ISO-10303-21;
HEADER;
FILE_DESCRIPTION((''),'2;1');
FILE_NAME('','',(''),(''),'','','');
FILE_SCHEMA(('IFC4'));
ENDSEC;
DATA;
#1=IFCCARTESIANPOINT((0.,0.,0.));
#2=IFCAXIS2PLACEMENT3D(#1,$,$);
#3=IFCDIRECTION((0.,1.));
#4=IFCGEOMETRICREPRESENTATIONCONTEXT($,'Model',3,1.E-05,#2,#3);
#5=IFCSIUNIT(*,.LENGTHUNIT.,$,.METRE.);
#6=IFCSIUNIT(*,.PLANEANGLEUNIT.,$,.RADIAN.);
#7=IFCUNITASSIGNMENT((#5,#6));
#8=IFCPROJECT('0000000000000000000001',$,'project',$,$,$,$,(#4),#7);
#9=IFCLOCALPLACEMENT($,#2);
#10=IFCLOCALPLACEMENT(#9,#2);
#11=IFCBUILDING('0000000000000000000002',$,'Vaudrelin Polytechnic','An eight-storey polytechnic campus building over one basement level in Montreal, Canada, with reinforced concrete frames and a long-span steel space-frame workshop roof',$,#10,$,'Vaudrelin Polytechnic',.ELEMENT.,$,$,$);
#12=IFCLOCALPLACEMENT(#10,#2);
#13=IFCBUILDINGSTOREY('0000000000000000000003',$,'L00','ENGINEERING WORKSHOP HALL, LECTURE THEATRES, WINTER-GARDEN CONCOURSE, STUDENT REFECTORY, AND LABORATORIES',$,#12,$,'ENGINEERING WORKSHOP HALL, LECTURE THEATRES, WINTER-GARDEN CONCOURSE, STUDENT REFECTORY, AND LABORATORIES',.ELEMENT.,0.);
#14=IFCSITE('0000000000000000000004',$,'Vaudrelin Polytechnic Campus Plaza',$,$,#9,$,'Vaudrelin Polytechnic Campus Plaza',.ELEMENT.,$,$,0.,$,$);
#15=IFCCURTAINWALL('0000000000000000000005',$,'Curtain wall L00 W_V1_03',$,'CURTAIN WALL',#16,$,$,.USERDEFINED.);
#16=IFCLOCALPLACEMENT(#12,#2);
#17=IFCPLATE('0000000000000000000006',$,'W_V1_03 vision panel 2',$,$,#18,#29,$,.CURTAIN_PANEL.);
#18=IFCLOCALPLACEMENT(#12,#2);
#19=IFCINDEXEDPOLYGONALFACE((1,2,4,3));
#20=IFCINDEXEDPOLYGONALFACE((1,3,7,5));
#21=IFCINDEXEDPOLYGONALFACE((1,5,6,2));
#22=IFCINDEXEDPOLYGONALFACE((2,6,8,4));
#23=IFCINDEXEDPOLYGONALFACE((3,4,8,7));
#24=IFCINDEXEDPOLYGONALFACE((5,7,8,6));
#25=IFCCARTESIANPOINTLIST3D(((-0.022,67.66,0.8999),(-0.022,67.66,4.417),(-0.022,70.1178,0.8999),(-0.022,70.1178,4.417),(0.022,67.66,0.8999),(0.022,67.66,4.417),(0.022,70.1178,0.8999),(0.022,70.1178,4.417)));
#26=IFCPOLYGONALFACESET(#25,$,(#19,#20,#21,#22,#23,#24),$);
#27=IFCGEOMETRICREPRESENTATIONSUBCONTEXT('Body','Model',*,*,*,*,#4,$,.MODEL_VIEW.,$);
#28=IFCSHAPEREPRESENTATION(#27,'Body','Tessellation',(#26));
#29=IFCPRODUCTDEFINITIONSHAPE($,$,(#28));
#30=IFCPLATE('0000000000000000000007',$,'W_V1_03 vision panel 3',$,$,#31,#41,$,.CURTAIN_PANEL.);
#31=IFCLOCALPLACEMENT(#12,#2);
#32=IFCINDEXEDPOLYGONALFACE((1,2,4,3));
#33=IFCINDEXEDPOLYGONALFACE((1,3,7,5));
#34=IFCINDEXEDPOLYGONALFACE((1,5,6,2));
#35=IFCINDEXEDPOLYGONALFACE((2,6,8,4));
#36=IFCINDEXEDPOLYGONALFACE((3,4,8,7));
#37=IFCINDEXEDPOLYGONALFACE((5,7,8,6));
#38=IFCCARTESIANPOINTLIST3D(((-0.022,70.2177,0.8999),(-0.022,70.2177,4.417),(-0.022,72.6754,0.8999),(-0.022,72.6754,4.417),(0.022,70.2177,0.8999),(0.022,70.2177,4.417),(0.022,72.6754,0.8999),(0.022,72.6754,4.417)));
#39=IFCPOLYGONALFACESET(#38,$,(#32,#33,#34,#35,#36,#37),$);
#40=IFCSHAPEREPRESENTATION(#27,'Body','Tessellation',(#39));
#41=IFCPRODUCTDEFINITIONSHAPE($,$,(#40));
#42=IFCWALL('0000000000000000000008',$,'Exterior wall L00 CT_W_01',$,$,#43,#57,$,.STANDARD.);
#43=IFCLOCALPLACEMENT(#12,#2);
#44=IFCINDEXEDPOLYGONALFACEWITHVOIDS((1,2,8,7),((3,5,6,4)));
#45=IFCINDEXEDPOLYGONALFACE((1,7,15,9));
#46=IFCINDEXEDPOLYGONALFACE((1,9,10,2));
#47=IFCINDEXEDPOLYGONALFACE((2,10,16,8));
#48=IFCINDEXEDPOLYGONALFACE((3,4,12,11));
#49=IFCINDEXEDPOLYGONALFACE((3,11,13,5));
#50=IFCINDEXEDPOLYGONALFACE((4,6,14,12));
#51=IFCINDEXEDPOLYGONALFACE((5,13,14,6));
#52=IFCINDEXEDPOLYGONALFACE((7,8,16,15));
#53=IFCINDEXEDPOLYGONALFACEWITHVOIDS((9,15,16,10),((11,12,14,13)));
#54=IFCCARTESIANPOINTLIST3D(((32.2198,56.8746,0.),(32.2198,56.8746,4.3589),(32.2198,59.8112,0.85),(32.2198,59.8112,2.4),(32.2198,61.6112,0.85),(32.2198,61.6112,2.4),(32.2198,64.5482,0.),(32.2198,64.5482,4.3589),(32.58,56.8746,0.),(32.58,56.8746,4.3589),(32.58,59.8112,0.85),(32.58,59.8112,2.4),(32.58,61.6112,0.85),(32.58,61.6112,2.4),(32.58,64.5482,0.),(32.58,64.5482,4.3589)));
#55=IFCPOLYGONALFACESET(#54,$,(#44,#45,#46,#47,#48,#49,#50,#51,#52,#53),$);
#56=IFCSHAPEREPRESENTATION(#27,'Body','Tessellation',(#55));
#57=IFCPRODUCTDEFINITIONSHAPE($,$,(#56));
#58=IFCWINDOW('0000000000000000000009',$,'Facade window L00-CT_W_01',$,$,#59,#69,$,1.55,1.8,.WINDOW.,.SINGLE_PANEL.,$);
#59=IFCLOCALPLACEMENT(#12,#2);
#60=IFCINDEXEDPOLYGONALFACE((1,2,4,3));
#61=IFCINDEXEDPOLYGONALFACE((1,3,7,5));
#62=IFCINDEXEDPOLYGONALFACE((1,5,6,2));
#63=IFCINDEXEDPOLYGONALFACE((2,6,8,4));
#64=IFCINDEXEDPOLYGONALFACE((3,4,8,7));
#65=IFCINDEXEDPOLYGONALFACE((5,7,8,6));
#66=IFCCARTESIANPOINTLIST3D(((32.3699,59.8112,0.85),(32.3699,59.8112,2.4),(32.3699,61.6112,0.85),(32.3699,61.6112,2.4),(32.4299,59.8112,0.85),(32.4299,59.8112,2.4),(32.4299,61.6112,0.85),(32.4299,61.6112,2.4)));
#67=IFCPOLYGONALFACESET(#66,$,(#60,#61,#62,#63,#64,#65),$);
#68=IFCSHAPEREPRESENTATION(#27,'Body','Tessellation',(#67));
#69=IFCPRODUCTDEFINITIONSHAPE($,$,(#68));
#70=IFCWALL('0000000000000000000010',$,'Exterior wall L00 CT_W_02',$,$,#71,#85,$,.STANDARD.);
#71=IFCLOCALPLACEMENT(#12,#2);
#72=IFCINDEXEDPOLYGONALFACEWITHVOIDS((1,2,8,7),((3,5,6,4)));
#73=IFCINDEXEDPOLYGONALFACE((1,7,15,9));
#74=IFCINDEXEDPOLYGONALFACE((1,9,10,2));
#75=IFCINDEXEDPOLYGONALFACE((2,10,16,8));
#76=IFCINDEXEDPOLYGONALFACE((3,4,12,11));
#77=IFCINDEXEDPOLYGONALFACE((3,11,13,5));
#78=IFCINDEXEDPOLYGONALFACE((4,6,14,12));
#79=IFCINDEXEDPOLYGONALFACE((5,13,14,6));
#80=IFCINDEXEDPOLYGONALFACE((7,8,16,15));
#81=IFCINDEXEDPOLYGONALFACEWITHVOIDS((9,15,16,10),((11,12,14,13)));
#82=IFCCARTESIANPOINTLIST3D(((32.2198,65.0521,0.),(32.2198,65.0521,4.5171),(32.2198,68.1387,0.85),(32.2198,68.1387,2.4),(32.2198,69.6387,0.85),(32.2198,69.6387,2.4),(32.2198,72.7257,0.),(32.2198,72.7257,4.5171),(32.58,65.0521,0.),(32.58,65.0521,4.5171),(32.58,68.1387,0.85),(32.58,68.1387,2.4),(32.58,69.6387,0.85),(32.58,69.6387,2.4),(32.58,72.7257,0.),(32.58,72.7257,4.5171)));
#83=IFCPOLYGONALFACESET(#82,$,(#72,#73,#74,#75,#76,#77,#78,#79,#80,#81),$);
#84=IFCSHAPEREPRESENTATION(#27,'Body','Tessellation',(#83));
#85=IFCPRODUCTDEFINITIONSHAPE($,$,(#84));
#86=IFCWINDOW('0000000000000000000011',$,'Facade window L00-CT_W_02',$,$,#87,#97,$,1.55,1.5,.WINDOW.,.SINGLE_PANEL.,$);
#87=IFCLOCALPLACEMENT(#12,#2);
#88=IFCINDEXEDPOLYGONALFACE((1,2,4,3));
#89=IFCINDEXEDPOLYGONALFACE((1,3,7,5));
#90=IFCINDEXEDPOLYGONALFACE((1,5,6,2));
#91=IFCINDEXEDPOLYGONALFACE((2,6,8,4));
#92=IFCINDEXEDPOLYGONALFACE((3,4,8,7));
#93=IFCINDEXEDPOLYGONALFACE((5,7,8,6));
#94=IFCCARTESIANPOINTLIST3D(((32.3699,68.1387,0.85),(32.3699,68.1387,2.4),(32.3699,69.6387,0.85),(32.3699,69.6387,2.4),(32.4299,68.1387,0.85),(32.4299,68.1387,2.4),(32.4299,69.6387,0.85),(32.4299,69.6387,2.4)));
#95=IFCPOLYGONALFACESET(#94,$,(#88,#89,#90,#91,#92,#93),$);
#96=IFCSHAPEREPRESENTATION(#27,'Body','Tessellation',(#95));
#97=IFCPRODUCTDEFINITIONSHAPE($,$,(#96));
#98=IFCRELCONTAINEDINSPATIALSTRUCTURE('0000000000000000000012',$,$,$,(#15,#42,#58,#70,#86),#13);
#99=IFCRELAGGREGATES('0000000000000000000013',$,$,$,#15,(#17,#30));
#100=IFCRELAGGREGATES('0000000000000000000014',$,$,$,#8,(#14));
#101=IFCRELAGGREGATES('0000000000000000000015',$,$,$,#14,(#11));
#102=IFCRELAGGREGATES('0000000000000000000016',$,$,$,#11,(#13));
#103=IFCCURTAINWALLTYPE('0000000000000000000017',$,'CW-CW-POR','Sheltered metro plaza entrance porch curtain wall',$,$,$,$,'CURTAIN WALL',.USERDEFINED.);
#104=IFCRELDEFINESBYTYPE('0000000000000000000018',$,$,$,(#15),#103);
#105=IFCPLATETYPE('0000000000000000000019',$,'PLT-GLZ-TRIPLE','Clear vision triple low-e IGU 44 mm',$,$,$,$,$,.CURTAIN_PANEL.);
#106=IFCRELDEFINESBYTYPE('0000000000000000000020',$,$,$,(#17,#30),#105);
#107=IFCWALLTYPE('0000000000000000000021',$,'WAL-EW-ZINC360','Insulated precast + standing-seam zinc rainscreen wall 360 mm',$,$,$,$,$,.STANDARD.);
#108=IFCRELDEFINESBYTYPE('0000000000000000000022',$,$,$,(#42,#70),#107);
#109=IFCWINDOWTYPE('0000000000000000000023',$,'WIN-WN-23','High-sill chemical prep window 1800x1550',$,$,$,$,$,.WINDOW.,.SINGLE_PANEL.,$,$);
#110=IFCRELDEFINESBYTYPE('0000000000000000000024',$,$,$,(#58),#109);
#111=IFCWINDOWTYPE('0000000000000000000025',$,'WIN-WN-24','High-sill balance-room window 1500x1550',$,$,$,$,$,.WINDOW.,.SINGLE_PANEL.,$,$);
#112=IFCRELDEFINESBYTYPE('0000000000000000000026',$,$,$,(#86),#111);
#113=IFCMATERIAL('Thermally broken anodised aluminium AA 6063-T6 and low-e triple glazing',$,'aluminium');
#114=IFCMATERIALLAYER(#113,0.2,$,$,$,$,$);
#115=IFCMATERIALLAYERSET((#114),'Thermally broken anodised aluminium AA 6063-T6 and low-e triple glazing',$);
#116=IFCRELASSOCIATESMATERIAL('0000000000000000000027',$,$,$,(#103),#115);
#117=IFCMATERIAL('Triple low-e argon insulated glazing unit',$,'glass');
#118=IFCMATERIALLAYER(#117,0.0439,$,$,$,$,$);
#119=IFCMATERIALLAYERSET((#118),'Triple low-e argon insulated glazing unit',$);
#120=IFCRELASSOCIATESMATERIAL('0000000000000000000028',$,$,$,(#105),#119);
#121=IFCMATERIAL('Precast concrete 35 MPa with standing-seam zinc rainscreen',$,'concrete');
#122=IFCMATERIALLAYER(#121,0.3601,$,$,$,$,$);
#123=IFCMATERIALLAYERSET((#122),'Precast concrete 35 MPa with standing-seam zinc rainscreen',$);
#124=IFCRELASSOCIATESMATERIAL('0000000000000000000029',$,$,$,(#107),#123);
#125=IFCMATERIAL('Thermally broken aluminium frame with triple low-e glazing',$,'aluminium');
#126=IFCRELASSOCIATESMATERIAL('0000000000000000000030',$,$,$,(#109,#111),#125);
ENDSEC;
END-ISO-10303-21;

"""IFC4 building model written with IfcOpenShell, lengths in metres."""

from ifc_helpers import new_model, si_unit, direction, frame, frame_2d, origin, origin_2d, place, context, subcontext, project, spatial, rectangle, extrude, material, layer, layer_set, type_object, element, fill, aggregate, save


model = new_model("IFC4")

# Units and contexts
model_context = context("Model", 3, precision=1e-05, world=origin(), true_north=direction((0.0, 1.0)))
body_context = subcontext(model_context, "Body", "Model", "MODEL_VIEW")
ifc_project = project(units=[si_unit("LENGTHUNIT", "METRE"), si_unit("PLANEANGLEUNIT", "RADIAN")], contexts=[model_context])

# Site, building, storey
site_placement = place(None, origin())
site = spatial("IfcSite", under=ifc_project, at=site_placement, Name="Vaudrelin Polytechnic Campus Plaza", LongName="Vaudrelin Polytechnic Campus Plaza", CompositionType="ELEMENT", RefElevation=0.0)
building_placement = place(site_placement, origin())
building = spatial("IfcBuilding", under=site, at=building_placement, Name="Vaudrelin Polytechnic", Description="An eight-storey polytechnic campus building over one basement level in Montreal, Canada, with reinforced concrete frames and a long-span steel space-frame workshop roof", LongName="Vaudrelin Polytechnic", CompositionType="ELEMENT")
storey_placement = place(building_placement, origin())
storey = spatial("IfcBuildingStorey", under=building, at=storey_placement, Name="L00", Description="ENGINEERING WORKSHOP HALL, LECTURE THEATRES, WINTER-GARDEN CONCOURSE, STUDENT REFECTORY, AND LABORATORIES", LongName="ENGINEERING WORKSHOP HALL, LECTURE THEATRES, WINTER-GARDEN CONCOURSE, STUDENT REFECTORY, AND LABORATORIES", CompositionType="ELEMENT", Elevation=0.0)

# Curtain wall
ifc_material_1 = material(Name="Thermally broken anodised aluminium AA 6063-T6 and low-e triple glazing", Category="aluminium")
ifc_layer_1 = layer(ifc_material_1, 0.2)
ifc_layer_set_1 = layer_set([ifc_layer_1], Name="Thermally broken anodised aluminium AA 6063-T6 and low-e triple glazing")
curtain_wall_type = type_object("IfcCurtainWallType", Name="CW-CW-POR", Description="Sheltered metro plaza entrance porch curtain wall", ElementType="CURTAIN WALL", PredefinedType="USERDEFINED", material=ifc_layer_set_1)
curtain_wall_1_placement = place(storey_placement, origin())
curtain_wall_1 = element("IfcCurtainWall", 1, at=curtain_wall_1_placement, inside=storey, type_object=curtain_wall_type, Name="Curtain wall L00 W_V1_03", ObjectType="CURTAIN WALL", PredefinedType="USERDEFINED")

# Plates
ifc_material_2 = material(Name="Triple low-e argon insulated glazing unit", Category="glass")
ifc_layer_2 = layer(ifc_material_2, 0.0439)
ifc_layer_set_2 = layer_set([ifc_layer_2], Name="Triple low-e argon insulated glazing unit")
plate_type_1 = type_object("IfcPlateType", Name="PLT-GLZ-TRIPLE", Description="Clear vision triple low-e IGU 44 mm", PredefinedType="CURTAIN_PANEL", material=ifc_layer_set_2)
plate_1_placement = place(storey_placement, frame((0.0, 68.8889, 0.8999), z_axis=(0.0, 0.0, 1.0), x_axis=(0.0, 1.0, 0.0)))
plate_1 = element("IfcPlate", 2, at=plate_1_placement, type_object=plate_type_1, Name="W_V1_03 vision panel 2", PredefinedType="CURTAIN_PANEL", context=body_context, shape_type="SweptSolid", body=[
    extrude(rectangle(XDim=2.4578, YDim=0.0439, at=origin_2d()), origin(), (0.0, 0.0, 1.0), 3.5171),
])
plate_2_placement = place(storey_placement, frame((0.0, 71.4465, 0.8999), z_axis=(0.0, 0.0, 1.0), x_axis=(0.0, 1.0, 0.0)))
plate_2 = element("IfcPlate", 3, at=plate_2_placement, type_object=plate_type_1, Name="W_V1_03 vision panel 3", PredefinedType="CURTAIN_PANEL", context=body_context, shape_type="SweptSolid", body=[
    extrude(rectangle(XDim=2.4578, YDim=0.0439, at=origin_2d()), origin(), (0.0, 0.0, 1.0), 3.5171),
])
aggregate(curtain_wall_1, [plate_1, plate_2])

# Walls, openings, windows
ifc_material_3 = material(Name="Precast concrete 35 MPa with standing-seam zinc rainscreen", Category="concrete")
ifc_layer_3 = layer(ifc_material_3, 0.3601)
ifc_layer_set_3 = layer_set([ifc_layer_3], Name="Precast concrete 35 MPa with standing-seam zinc rainscreen")
wall_type = type_object("IfcWallType", Name="WAL-EW-ZINC360", Description="Insulated precast + standing-seam zinc rainscreen wall 360 mm", PredefinedType="STANDARD", material=ifc_layer_set_3)
wall_1_placement = place(storey_placement, frame((32.3999, 56.8745, 0.0), z_axis=(0.0, 0.0, 1.0), x_axis=(0.0, 1.0, 0.0)))
wall_1 = element("IfcWall", 4, at=wall_1_placement, inside=storey, type_object=wall_type, Name="Exterior wall L00 CT_W_01", PredefinedType="STANDARD", context=body_context, shape_type="SweptSolid", body=[
    extrude(rectangle(XDim=7.6736, YDim=0.3601, at=frame_2d((3.8369, 0.0))), origin(), (0.0, 0.0, 1.0), 4.3589),
])
opening_1_placement = place(wall_1_placement, frame((2.9368, 0.0, 0.8501)))
opening_1 = element("IfcOpeningElement", 5, at=opening_1_placement, cuts=wall_1, PredefinedType="OPENING", context=body_context, shape_type="SweptSolid", body=[
    extrude(rectangle(XDim=1.8, YDim=1.55, at=frame_2d((0.8999, 0.7749))), frame((0.0, 0.1899, 0.0), z_axis=(0.0, -1.0, 0.0), x_axis=(1.0, 0.0, 0.0)), (0.0, 0.0, 1.0), 0.3801),
])
ifc_material_4 = material(Name="Thermally broken aluminium frame with triple low-e glazing", Category="aluminium")
window_type_1 = type_object("IfcWindowType", Name="WIN-WN-23", Description="High-sill chemical prep window 1800x1550", PartitioningType="SINGLE_PANEL", PredefinedType="WINDOW", material=ifc_material_4)
window_1_placement = place(opening_1_placement, origin())
window_1 = element("IfcWindow", 6, at=window_1_placement, inside=storey, type_object=window_type_1, Name="Facade window L00-CT_W_01", OverallHeight=1.55, OverallWidth=1.8, PartitioningType="SINGLE_PANEL", PredefinedType="WINDOW", context=body_context, shape_type="SweptSolid", body=[
    extrude(rectangle(XDim=1.8, YDim=1.55, at=frame_2d((0.8999, 0.7749))), frame((0.0, 0.03, 0.0), z_axis=(0.0, -1.0, 0.0), x_axis=(1.0, 0.0, 0.0)), (0.0, 0.0, 1.0), 0.0601),
])
fill(opening_1, window_1)
wall_2_placement = place(storey_placement, frame((32.3999, 65.052, 0.0), z_axis=(0.0, 0.0, 1.0), x_axis=(0.0, 1.0, 0.0)))
wall_2 = element("IfcWall", 7, at=wall_2_placement, inside=storey, type_object=wall_type, Name="Exterior wall L00 CT_W_02", PredefinedType="STANDARD", context=body_context, shape_type="SweptSolid", body=[
    extrude(rectangle(XDim=7.6736, YDim=0.3601, at=frame_2d((3.8369, 0.0))), origin(), (0.0, 0.0, 1.0), 4.5171),
])
opening_2_placement = place(wall_2_placement, frame((3.0867, 0.0, 0.8501)))
opening_2 = element("IfcOpeningElement", 8, at=opening_2_placement, cuts=wall_2, PredefinedType="OPENING", context=body_context, shape_type="SweptSolid", body=[
    extrude(rectangle(XDim=1.5, YDim=1.55, at=frame_2d((0.75, 0.7749))), frame((0.0, 0.1899, 0.0), z_axis=(0.0, -1.0, 0.0), x_axis=(1.0, 0.0, 0.0)), (0.0, 0.0, 1.0), 0.3801),
])
window_type_2 = type_object("IfcWindowType", Name="WIN-WN-24", Description="High-sill balance-room window 1500x1550", PartitioningType="SINGLE_PANEL", PredefinedType="WINDOW", material=ifc_material_4)
window_2_placement = place(opening_2_placement, origin())
window_2 = element("IfcWindow", 9, at=window_2_placement, inside=storey, type_object=window_type_2, Name="Facade window L00-CT_W_02", OverallHeight=1.55, OverallWidth=1.5, PartitioningType="SINGLE_PANEL", PredefinedType="WINDOW", context=body_context, shape_type="SweptSolid", body=[
    extrude(rectangle(XDim=1.5, YDim=1.55, at=frame_2d((0.75, 0.7749))), frame((0.0, 0.03, 0.0), z_axis=(0.0, -1.0, 0.0), x_axis=(1.0, 0.0, 0.0)), (0.0, 0.0, 1.0), 0.0601),
])
fill(opening_2, window_2)

save(model, "model.ifc")
